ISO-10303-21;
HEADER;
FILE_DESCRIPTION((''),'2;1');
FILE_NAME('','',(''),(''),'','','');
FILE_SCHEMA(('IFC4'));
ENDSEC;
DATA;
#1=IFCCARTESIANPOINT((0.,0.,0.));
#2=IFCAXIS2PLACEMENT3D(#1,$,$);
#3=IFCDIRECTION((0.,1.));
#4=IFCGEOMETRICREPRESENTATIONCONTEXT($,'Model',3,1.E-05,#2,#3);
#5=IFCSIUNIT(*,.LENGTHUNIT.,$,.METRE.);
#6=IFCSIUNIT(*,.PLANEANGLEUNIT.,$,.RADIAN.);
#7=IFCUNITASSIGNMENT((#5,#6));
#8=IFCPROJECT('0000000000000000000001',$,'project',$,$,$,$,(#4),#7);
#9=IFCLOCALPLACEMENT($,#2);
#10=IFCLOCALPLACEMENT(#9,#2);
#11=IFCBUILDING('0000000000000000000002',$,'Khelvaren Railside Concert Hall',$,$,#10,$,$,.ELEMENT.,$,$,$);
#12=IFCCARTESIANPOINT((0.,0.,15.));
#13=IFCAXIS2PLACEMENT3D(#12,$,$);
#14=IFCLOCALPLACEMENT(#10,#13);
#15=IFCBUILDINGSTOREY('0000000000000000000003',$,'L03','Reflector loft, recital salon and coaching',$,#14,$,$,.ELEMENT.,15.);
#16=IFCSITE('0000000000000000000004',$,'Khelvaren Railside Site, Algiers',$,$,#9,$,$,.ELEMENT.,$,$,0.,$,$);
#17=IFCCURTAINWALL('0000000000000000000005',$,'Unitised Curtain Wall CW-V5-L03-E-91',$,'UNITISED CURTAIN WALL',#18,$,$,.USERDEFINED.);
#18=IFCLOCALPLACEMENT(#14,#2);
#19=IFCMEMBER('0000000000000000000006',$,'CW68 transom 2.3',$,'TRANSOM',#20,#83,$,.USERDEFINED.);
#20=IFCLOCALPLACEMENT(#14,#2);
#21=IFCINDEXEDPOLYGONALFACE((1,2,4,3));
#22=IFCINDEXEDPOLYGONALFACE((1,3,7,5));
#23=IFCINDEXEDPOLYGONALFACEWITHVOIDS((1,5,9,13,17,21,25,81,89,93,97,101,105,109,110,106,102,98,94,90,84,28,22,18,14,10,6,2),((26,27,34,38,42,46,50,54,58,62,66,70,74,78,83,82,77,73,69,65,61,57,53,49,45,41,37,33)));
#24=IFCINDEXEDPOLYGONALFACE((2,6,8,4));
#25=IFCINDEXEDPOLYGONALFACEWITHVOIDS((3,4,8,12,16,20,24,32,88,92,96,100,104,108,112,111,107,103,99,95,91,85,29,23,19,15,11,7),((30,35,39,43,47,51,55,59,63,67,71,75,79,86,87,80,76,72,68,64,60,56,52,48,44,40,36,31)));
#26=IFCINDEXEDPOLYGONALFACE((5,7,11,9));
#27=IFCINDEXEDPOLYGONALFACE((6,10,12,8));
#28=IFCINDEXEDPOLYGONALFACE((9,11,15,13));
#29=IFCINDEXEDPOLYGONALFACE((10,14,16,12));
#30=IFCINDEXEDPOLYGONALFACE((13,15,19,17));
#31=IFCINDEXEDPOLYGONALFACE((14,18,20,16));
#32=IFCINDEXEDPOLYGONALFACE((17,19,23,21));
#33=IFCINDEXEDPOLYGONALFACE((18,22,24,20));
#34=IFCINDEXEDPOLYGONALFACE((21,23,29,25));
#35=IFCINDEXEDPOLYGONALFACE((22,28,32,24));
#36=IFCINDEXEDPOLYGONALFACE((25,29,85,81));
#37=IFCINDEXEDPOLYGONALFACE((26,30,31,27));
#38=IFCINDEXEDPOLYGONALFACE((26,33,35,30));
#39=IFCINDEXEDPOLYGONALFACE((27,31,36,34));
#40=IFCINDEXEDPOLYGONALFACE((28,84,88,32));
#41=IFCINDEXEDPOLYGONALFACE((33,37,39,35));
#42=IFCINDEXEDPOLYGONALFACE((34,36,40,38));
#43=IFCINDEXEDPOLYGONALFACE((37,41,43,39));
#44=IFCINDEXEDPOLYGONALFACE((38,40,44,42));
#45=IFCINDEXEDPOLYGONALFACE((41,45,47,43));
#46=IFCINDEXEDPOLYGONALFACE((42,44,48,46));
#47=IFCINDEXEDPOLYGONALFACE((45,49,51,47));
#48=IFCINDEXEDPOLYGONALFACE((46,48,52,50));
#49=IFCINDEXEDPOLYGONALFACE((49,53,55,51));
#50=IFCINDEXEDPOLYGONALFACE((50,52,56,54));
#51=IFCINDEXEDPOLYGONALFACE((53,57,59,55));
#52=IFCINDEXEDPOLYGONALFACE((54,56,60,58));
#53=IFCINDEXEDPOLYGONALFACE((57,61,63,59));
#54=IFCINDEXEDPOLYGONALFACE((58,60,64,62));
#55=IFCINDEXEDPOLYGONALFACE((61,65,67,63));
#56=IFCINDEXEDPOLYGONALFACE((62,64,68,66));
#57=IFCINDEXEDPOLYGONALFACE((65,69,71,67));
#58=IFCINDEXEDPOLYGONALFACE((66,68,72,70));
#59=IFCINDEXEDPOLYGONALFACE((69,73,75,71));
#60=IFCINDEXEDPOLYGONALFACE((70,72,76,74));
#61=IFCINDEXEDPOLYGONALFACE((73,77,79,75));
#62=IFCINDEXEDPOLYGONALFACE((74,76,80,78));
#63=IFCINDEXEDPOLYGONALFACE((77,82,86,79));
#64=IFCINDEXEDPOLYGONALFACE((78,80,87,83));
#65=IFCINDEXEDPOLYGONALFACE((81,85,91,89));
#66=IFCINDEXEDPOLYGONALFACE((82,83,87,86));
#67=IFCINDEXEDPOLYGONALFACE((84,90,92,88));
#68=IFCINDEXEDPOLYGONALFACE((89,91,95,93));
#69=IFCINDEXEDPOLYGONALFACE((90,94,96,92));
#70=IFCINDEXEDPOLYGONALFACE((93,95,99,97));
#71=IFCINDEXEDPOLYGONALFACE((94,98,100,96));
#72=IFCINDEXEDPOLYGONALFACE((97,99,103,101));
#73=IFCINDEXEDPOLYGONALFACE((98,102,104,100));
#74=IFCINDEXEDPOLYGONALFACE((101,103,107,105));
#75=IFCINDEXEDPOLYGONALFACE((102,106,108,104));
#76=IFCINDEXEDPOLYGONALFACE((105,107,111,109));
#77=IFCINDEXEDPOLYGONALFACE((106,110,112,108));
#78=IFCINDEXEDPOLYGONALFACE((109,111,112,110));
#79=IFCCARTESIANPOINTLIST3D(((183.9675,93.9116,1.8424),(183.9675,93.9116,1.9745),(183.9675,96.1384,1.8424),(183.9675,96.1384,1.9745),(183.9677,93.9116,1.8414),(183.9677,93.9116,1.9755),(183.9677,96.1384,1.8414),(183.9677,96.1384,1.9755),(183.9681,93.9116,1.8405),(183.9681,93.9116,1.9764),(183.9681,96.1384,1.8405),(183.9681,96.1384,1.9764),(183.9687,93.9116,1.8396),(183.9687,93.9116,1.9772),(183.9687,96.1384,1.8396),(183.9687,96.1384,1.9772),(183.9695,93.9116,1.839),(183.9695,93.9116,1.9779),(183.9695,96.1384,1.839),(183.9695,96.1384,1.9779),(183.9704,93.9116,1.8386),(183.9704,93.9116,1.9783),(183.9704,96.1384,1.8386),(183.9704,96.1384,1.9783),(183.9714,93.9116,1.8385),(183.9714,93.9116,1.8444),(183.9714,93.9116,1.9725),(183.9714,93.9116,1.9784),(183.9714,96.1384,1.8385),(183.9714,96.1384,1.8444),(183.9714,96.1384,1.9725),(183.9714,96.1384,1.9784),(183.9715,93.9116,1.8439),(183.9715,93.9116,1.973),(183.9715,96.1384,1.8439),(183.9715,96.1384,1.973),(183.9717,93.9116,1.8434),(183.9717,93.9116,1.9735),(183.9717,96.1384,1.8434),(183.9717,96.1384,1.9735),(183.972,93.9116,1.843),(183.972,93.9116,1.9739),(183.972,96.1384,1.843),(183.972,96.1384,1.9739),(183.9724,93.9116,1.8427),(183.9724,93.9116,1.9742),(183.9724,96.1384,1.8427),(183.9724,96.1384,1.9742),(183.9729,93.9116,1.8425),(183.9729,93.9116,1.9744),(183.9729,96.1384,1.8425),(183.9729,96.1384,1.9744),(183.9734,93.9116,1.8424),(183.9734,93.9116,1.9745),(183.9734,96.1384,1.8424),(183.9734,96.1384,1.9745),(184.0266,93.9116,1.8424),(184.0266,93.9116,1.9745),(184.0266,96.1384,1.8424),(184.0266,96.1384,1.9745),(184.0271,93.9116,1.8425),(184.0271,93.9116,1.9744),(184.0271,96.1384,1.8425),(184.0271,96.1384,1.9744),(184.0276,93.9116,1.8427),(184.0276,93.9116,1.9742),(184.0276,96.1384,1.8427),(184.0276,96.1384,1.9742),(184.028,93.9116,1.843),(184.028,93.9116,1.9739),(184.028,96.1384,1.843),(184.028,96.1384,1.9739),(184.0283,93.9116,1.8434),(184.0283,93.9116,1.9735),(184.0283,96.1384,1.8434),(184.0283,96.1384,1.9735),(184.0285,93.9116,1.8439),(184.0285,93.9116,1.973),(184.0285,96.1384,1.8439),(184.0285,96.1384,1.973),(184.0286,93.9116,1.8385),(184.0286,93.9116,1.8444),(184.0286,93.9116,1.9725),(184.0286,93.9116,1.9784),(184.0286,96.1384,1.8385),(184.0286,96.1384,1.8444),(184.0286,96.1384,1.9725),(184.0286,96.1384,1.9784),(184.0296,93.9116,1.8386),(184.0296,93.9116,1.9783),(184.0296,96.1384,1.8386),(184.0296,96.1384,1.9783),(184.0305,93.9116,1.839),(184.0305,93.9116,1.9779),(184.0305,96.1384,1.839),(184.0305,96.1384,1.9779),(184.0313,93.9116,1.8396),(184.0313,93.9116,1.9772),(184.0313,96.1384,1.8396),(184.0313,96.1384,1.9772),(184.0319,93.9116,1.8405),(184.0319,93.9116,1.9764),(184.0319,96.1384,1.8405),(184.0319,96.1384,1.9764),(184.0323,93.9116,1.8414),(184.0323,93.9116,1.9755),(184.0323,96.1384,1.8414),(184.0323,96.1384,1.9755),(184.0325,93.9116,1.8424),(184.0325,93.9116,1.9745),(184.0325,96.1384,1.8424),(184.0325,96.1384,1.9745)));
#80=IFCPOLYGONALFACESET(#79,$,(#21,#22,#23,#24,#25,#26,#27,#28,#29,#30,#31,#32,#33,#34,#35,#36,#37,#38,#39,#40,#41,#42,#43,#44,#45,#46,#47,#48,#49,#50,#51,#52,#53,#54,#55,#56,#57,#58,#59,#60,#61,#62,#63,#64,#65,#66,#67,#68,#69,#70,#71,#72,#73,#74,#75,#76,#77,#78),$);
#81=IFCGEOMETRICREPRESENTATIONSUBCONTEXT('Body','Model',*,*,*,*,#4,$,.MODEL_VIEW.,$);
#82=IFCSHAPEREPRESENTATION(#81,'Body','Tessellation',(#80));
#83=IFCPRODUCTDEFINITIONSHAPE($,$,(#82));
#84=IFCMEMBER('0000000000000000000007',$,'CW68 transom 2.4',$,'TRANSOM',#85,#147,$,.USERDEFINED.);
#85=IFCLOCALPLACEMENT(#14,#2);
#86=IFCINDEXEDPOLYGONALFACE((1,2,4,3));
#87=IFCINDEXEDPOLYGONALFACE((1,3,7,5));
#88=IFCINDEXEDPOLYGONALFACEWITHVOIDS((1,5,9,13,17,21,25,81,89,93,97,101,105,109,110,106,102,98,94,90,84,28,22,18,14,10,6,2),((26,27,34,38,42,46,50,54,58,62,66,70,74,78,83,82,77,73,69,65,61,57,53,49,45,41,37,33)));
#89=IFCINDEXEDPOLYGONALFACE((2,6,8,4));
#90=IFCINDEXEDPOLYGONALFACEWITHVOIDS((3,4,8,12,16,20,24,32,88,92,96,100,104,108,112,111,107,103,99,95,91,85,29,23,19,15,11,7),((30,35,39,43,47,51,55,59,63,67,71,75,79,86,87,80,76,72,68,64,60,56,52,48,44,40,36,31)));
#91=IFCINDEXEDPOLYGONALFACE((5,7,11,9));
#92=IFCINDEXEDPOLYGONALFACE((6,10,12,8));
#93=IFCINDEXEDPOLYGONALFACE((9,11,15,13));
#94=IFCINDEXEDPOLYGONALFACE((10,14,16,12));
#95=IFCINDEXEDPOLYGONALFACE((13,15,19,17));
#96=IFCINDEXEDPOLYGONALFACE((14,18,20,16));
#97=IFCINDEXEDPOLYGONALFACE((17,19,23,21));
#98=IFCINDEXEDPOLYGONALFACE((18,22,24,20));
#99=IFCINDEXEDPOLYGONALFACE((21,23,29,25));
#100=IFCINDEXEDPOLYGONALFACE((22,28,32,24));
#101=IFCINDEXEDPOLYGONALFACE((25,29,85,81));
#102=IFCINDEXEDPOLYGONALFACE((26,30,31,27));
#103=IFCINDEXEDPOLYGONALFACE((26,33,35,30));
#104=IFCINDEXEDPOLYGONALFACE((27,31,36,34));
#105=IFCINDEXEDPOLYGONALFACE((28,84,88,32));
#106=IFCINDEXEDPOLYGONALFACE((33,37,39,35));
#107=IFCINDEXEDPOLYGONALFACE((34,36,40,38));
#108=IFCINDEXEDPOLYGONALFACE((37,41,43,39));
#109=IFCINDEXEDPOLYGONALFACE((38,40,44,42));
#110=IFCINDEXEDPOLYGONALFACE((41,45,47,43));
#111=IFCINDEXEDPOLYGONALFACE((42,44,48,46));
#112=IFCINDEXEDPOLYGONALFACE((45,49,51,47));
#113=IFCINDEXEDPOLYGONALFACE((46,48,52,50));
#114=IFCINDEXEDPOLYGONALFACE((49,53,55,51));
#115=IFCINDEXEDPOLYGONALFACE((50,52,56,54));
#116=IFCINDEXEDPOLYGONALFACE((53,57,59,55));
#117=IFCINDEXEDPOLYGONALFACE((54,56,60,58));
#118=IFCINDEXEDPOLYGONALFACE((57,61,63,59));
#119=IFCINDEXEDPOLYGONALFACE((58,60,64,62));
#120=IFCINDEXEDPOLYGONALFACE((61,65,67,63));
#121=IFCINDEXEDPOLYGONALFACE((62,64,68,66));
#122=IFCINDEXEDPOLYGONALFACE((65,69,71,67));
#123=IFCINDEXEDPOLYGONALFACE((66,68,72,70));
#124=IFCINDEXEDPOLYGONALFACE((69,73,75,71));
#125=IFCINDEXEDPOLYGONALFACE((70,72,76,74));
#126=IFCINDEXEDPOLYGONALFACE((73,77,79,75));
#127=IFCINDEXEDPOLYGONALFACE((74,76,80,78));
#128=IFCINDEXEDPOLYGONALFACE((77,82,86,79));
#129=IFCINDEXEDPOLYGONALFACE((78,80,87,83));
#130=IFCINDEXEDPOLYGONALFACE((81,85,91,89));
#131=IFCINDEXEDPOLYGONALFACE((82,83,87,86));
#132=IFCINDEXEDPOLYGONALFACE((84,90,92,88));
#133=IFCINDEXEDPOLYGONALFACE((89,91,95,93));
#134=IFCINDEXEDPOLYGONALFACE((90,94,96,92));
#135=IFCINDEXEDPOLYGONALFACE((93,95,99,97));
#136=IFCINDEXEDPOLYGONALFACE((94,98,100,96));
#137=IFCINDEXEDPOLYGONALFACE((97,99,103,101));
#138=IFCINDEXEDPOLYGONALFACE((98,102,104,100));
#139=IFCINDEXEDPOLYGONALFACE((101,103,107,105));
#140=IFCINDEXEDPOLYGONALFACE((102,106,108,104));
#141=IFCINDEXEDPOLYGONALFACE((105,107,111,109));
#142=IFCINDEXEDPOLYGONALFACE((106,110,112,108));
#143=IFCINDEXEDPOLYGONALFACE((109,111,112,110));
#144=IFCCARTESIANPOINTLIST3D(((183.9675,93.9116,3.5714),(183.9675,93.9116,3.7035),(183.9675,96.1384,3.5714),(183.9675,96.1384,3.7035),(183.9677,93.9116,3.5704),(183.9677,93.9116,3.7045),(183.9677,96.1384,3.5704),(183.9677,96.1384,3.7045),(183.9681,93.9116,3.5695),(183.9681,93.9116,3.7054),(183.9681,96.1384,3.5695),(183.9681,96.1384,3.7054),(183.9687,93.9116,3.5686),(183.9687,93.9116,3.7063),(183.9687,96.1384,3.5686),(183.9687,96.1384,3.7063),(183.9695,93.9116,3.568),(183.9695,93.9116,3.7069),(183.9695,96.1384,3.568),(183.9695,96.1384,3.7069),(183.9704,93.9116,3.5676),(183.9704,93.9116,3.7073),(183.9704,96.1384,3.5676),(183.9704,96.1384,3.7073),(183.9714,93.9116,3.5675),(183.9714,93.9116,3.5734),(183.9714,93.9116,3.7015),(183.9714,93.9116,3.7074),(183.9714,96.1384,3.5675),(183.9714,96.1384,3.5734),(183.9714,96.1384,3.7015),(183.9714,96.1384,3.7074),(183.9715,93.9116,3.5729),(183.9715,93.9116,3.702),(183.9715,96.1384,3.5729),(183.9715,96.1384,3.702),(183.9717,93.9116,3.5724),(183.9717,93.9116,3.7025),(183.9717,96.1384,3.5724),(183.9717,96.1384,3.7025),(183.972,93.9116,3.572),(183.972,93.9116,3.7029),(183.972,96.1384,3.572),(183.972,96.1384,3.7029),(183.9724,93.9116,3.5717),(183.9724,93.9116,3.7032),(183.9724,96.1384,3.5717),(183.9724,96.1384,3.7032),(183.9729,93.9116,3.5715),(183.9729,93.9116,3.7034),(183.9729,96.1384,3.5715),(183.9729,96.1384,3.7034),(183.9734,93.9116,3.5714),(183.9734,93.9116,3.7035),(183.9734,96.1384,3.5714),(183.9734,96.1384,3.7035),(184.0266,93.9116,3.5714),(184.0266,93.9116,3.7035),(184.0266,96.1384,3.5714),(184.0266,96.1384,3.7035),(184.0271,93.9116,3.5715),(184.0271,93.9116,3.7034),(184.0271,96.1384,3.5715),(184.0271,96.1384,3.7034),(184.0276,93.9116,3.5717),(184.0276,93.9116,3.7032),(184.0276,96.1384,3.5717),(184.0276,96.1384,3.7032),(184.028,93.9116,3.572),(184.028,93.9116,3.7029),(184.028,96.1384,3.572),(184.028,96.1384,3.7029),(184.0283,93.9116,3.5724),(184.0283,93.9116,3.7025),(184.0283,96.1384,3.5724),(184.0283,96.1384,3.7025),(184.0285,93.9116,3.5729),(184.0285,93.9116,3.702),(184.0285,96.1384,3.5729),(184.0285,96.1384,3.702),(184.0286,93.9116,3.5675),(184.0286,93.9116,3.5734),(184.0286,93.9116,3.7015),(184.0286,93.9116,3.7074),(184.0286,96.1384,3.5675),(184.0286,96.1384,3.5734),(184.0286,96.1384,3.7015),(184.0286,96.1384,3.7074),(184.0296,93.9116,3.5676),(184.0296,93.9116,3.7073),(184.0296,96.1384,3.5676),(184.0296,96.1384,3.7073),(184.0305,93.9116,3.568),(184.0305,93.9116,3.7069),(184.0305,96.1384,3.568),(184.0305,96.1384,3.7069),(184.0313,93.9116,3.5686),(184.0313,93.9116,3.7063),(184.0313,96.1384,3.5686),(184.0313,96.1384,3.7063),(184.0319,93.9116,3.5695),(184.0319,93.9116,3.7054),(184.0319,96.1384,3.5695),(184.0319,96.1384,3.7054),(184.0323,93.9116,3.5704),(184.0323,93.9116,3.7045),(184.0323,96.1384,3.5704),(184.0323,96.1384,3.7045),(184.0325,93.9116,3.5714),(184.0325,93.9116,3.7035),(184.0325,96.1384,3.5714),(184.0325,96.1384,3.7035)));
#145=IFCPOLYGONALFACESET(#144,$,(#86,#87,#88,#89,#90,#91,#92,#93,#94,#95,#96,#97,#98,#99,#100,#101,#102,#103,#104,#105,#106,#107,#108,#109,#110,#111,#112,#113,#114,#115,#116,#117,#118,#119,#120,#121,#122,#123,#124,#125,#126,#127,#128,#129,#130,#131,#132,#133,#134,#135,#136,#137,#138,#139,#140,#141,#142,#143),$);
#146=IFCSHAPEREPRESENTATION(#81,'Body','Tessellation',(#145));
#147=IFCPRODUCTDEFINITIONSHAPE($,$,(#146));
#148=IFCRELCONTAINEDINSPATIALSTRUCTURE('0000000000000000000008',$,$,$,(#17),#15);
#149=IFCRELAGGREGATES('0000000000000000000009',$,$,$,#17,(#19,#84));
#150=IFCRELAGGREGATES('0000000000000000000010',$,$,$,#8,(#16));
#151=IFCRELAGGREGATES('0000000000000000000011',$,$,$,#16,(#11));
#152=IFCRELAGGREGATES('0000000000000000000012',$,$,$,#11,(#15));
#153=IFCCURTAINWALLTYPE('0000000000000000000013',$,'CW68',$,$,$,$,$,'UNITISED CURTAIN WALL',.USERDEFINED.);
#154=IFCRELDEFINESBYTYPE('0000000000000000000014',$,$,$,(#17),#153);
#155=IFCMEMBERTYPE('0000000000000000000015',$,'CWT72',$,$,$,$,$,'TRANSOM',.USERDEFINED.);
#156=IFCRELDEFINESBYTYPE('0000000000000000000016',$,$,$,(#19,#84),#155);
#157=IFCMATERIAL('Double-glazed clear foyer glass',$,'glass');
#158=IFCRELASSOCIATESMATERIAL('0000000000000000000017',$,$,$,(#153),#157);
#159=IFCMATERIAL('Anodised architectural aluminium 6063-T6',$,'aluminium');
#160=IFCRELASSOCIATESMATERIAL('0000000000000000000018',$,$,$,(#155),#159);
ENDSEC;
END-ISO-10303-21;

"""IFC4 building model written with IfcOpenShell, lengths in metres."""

from ifc_helpers import new_model, si_unit, direction, frame, origin, origin_2d, place, context, subcontext, project, spatial, hollow_rectangle, extrude, material, material_profile, profile_set, type_object, element, aggregate, save


model = new_model("IFC4")

# Units and contexts
model_context = context("Model", 3, precision=1e-05, world=origin(), true_north=direction((0.0, 1.0)))
body_context = subcontext(model_context, "Body", "Model", "MODEL_VIEW")
ifc_project = project(units=[si_unit("LENGTHUNIT", "METRE"), si_unit("PLANEANGLEUNIT", "RADIAN")], contexts=[model_context])

# Site, building, storey
site_placement = place(None, origin())
site = spatial("IfcSite", under=ifc_project, at=site_placement, Name="Khelvaren Railside Site, Algiers", CompositionType="ELEMENT", RefElevation=0.0)
building_placement = place(site_placement, origin())
building = spatial("IfcBuilding", under=site, at=building_placement, Name="Khelvaren Railside Concert Hall", CompositionType="ELEMENT")
storey_placement = place(building_placement, frame((0.0, 0.0, 15.0)))
storey = spatial("IfcBuildingStorey", under=building, at=storey_placement, Name="L03", Description="Reflector loft, recital salon and coaching", CompositionType="ELEMENT", Elevation=15.0)

# Curtain wall
ifc_material_1 = material(Name="Double-glazed clear foyer glass", Category="glass")
curtain_wall_type_1 = type_object("IfcCurtainWallType", Name="CW68", ElementType="UNITISED CURTAIN WALL", PredefinedType="USERDEFINED", material=ifc_material_1)
curtain_wall_1_placement = place(storey_placement, origin())
curtain_wall_1 = element("IfcCurtainWall", 1, at=curtain_wall_1_placement, inside=storey, type_object=curtain_wall_type_1, Name="Unitised Curtain Wall CW-V5-L03-E-91", ObjectType="UNITISED CURTAIN WALL", PredefinedType="USERDEFINED")
ifc_material_2 = material(Name="Anodised architectural aluminium 6063-T6", Category="aluminium")

# Members
ifc_material_profile_1 = material_profile(ifc_material_2, hollow_rectangle(XDim=0.0649, YDim=0.1399, WallThickness=0.0039, InnerFilletRadius=0.002, OuterFilletRadius=0.0039, at=origin_2d()), Name="CWT 65x140x4")
ifc_profile_set_1 = profile_set([ifc_material_profile_1], Name="Anodised architectural aluminium 6063-T6")
member_type_1 = type_object("IfcMemberType", Name="CWT72", ElementType="TRANSOM", PredefinedType="USERDEFINED", material=ifc_profile_set_1)
member_1_placement = place(storey_placement, frame((184.0, 96.1384, 1.9084), z_axis=(0.0, -1.0, 0.0), x_axis=(1.0, 0.0, 0.0)))
member_1 = element("IfcMember", 2, at=member_1_placement, type_object=member_type_1, Name="CW68 transom 2.3", ObjectType="TRANSOM", PredefinedType="USERDEFINED", context=body_context, shape_type="SweptSolid", body=[
    extrude(hollow_rectangle(XDim=0.0649, YDim=0.1399, WallThickness=0.0039, InnerFilletRadius=0.002, OuterFilletRadius=0.0039, at=origin_2d()), origin(), (0.0, 0.0, 1.0), 2.2268),
])
member_2_placement = place(storey_placement, frame((184.0, 96.1384, 3.6375), z_axis=(0.0, -1.0, 0.0), x_axis=(1.0, 0.0, 0.0)))
member_2 = element("IfcMember", 3, at=member_2_placement, type_object=member_type_1, Name="CW68 transom 2.4", ObjectType="TRANSOM", PredefinedType="USERDEFINED", context=body_context, shape_type="SweptSolid", body=[
    extrude(hollow_rectangle(XDim=0.0649, YDim=0.1399, WallThickness=0.0039, InnerFilletRadius=0.002, OuterFilletRadius=0.0039, at=origin_2d()), origin(), (0.0, 0.0, 1.0), 2.2268),
])

aggregate(curtain_wall_1, [member_1, member_2])

save(model, "model.ifc")
